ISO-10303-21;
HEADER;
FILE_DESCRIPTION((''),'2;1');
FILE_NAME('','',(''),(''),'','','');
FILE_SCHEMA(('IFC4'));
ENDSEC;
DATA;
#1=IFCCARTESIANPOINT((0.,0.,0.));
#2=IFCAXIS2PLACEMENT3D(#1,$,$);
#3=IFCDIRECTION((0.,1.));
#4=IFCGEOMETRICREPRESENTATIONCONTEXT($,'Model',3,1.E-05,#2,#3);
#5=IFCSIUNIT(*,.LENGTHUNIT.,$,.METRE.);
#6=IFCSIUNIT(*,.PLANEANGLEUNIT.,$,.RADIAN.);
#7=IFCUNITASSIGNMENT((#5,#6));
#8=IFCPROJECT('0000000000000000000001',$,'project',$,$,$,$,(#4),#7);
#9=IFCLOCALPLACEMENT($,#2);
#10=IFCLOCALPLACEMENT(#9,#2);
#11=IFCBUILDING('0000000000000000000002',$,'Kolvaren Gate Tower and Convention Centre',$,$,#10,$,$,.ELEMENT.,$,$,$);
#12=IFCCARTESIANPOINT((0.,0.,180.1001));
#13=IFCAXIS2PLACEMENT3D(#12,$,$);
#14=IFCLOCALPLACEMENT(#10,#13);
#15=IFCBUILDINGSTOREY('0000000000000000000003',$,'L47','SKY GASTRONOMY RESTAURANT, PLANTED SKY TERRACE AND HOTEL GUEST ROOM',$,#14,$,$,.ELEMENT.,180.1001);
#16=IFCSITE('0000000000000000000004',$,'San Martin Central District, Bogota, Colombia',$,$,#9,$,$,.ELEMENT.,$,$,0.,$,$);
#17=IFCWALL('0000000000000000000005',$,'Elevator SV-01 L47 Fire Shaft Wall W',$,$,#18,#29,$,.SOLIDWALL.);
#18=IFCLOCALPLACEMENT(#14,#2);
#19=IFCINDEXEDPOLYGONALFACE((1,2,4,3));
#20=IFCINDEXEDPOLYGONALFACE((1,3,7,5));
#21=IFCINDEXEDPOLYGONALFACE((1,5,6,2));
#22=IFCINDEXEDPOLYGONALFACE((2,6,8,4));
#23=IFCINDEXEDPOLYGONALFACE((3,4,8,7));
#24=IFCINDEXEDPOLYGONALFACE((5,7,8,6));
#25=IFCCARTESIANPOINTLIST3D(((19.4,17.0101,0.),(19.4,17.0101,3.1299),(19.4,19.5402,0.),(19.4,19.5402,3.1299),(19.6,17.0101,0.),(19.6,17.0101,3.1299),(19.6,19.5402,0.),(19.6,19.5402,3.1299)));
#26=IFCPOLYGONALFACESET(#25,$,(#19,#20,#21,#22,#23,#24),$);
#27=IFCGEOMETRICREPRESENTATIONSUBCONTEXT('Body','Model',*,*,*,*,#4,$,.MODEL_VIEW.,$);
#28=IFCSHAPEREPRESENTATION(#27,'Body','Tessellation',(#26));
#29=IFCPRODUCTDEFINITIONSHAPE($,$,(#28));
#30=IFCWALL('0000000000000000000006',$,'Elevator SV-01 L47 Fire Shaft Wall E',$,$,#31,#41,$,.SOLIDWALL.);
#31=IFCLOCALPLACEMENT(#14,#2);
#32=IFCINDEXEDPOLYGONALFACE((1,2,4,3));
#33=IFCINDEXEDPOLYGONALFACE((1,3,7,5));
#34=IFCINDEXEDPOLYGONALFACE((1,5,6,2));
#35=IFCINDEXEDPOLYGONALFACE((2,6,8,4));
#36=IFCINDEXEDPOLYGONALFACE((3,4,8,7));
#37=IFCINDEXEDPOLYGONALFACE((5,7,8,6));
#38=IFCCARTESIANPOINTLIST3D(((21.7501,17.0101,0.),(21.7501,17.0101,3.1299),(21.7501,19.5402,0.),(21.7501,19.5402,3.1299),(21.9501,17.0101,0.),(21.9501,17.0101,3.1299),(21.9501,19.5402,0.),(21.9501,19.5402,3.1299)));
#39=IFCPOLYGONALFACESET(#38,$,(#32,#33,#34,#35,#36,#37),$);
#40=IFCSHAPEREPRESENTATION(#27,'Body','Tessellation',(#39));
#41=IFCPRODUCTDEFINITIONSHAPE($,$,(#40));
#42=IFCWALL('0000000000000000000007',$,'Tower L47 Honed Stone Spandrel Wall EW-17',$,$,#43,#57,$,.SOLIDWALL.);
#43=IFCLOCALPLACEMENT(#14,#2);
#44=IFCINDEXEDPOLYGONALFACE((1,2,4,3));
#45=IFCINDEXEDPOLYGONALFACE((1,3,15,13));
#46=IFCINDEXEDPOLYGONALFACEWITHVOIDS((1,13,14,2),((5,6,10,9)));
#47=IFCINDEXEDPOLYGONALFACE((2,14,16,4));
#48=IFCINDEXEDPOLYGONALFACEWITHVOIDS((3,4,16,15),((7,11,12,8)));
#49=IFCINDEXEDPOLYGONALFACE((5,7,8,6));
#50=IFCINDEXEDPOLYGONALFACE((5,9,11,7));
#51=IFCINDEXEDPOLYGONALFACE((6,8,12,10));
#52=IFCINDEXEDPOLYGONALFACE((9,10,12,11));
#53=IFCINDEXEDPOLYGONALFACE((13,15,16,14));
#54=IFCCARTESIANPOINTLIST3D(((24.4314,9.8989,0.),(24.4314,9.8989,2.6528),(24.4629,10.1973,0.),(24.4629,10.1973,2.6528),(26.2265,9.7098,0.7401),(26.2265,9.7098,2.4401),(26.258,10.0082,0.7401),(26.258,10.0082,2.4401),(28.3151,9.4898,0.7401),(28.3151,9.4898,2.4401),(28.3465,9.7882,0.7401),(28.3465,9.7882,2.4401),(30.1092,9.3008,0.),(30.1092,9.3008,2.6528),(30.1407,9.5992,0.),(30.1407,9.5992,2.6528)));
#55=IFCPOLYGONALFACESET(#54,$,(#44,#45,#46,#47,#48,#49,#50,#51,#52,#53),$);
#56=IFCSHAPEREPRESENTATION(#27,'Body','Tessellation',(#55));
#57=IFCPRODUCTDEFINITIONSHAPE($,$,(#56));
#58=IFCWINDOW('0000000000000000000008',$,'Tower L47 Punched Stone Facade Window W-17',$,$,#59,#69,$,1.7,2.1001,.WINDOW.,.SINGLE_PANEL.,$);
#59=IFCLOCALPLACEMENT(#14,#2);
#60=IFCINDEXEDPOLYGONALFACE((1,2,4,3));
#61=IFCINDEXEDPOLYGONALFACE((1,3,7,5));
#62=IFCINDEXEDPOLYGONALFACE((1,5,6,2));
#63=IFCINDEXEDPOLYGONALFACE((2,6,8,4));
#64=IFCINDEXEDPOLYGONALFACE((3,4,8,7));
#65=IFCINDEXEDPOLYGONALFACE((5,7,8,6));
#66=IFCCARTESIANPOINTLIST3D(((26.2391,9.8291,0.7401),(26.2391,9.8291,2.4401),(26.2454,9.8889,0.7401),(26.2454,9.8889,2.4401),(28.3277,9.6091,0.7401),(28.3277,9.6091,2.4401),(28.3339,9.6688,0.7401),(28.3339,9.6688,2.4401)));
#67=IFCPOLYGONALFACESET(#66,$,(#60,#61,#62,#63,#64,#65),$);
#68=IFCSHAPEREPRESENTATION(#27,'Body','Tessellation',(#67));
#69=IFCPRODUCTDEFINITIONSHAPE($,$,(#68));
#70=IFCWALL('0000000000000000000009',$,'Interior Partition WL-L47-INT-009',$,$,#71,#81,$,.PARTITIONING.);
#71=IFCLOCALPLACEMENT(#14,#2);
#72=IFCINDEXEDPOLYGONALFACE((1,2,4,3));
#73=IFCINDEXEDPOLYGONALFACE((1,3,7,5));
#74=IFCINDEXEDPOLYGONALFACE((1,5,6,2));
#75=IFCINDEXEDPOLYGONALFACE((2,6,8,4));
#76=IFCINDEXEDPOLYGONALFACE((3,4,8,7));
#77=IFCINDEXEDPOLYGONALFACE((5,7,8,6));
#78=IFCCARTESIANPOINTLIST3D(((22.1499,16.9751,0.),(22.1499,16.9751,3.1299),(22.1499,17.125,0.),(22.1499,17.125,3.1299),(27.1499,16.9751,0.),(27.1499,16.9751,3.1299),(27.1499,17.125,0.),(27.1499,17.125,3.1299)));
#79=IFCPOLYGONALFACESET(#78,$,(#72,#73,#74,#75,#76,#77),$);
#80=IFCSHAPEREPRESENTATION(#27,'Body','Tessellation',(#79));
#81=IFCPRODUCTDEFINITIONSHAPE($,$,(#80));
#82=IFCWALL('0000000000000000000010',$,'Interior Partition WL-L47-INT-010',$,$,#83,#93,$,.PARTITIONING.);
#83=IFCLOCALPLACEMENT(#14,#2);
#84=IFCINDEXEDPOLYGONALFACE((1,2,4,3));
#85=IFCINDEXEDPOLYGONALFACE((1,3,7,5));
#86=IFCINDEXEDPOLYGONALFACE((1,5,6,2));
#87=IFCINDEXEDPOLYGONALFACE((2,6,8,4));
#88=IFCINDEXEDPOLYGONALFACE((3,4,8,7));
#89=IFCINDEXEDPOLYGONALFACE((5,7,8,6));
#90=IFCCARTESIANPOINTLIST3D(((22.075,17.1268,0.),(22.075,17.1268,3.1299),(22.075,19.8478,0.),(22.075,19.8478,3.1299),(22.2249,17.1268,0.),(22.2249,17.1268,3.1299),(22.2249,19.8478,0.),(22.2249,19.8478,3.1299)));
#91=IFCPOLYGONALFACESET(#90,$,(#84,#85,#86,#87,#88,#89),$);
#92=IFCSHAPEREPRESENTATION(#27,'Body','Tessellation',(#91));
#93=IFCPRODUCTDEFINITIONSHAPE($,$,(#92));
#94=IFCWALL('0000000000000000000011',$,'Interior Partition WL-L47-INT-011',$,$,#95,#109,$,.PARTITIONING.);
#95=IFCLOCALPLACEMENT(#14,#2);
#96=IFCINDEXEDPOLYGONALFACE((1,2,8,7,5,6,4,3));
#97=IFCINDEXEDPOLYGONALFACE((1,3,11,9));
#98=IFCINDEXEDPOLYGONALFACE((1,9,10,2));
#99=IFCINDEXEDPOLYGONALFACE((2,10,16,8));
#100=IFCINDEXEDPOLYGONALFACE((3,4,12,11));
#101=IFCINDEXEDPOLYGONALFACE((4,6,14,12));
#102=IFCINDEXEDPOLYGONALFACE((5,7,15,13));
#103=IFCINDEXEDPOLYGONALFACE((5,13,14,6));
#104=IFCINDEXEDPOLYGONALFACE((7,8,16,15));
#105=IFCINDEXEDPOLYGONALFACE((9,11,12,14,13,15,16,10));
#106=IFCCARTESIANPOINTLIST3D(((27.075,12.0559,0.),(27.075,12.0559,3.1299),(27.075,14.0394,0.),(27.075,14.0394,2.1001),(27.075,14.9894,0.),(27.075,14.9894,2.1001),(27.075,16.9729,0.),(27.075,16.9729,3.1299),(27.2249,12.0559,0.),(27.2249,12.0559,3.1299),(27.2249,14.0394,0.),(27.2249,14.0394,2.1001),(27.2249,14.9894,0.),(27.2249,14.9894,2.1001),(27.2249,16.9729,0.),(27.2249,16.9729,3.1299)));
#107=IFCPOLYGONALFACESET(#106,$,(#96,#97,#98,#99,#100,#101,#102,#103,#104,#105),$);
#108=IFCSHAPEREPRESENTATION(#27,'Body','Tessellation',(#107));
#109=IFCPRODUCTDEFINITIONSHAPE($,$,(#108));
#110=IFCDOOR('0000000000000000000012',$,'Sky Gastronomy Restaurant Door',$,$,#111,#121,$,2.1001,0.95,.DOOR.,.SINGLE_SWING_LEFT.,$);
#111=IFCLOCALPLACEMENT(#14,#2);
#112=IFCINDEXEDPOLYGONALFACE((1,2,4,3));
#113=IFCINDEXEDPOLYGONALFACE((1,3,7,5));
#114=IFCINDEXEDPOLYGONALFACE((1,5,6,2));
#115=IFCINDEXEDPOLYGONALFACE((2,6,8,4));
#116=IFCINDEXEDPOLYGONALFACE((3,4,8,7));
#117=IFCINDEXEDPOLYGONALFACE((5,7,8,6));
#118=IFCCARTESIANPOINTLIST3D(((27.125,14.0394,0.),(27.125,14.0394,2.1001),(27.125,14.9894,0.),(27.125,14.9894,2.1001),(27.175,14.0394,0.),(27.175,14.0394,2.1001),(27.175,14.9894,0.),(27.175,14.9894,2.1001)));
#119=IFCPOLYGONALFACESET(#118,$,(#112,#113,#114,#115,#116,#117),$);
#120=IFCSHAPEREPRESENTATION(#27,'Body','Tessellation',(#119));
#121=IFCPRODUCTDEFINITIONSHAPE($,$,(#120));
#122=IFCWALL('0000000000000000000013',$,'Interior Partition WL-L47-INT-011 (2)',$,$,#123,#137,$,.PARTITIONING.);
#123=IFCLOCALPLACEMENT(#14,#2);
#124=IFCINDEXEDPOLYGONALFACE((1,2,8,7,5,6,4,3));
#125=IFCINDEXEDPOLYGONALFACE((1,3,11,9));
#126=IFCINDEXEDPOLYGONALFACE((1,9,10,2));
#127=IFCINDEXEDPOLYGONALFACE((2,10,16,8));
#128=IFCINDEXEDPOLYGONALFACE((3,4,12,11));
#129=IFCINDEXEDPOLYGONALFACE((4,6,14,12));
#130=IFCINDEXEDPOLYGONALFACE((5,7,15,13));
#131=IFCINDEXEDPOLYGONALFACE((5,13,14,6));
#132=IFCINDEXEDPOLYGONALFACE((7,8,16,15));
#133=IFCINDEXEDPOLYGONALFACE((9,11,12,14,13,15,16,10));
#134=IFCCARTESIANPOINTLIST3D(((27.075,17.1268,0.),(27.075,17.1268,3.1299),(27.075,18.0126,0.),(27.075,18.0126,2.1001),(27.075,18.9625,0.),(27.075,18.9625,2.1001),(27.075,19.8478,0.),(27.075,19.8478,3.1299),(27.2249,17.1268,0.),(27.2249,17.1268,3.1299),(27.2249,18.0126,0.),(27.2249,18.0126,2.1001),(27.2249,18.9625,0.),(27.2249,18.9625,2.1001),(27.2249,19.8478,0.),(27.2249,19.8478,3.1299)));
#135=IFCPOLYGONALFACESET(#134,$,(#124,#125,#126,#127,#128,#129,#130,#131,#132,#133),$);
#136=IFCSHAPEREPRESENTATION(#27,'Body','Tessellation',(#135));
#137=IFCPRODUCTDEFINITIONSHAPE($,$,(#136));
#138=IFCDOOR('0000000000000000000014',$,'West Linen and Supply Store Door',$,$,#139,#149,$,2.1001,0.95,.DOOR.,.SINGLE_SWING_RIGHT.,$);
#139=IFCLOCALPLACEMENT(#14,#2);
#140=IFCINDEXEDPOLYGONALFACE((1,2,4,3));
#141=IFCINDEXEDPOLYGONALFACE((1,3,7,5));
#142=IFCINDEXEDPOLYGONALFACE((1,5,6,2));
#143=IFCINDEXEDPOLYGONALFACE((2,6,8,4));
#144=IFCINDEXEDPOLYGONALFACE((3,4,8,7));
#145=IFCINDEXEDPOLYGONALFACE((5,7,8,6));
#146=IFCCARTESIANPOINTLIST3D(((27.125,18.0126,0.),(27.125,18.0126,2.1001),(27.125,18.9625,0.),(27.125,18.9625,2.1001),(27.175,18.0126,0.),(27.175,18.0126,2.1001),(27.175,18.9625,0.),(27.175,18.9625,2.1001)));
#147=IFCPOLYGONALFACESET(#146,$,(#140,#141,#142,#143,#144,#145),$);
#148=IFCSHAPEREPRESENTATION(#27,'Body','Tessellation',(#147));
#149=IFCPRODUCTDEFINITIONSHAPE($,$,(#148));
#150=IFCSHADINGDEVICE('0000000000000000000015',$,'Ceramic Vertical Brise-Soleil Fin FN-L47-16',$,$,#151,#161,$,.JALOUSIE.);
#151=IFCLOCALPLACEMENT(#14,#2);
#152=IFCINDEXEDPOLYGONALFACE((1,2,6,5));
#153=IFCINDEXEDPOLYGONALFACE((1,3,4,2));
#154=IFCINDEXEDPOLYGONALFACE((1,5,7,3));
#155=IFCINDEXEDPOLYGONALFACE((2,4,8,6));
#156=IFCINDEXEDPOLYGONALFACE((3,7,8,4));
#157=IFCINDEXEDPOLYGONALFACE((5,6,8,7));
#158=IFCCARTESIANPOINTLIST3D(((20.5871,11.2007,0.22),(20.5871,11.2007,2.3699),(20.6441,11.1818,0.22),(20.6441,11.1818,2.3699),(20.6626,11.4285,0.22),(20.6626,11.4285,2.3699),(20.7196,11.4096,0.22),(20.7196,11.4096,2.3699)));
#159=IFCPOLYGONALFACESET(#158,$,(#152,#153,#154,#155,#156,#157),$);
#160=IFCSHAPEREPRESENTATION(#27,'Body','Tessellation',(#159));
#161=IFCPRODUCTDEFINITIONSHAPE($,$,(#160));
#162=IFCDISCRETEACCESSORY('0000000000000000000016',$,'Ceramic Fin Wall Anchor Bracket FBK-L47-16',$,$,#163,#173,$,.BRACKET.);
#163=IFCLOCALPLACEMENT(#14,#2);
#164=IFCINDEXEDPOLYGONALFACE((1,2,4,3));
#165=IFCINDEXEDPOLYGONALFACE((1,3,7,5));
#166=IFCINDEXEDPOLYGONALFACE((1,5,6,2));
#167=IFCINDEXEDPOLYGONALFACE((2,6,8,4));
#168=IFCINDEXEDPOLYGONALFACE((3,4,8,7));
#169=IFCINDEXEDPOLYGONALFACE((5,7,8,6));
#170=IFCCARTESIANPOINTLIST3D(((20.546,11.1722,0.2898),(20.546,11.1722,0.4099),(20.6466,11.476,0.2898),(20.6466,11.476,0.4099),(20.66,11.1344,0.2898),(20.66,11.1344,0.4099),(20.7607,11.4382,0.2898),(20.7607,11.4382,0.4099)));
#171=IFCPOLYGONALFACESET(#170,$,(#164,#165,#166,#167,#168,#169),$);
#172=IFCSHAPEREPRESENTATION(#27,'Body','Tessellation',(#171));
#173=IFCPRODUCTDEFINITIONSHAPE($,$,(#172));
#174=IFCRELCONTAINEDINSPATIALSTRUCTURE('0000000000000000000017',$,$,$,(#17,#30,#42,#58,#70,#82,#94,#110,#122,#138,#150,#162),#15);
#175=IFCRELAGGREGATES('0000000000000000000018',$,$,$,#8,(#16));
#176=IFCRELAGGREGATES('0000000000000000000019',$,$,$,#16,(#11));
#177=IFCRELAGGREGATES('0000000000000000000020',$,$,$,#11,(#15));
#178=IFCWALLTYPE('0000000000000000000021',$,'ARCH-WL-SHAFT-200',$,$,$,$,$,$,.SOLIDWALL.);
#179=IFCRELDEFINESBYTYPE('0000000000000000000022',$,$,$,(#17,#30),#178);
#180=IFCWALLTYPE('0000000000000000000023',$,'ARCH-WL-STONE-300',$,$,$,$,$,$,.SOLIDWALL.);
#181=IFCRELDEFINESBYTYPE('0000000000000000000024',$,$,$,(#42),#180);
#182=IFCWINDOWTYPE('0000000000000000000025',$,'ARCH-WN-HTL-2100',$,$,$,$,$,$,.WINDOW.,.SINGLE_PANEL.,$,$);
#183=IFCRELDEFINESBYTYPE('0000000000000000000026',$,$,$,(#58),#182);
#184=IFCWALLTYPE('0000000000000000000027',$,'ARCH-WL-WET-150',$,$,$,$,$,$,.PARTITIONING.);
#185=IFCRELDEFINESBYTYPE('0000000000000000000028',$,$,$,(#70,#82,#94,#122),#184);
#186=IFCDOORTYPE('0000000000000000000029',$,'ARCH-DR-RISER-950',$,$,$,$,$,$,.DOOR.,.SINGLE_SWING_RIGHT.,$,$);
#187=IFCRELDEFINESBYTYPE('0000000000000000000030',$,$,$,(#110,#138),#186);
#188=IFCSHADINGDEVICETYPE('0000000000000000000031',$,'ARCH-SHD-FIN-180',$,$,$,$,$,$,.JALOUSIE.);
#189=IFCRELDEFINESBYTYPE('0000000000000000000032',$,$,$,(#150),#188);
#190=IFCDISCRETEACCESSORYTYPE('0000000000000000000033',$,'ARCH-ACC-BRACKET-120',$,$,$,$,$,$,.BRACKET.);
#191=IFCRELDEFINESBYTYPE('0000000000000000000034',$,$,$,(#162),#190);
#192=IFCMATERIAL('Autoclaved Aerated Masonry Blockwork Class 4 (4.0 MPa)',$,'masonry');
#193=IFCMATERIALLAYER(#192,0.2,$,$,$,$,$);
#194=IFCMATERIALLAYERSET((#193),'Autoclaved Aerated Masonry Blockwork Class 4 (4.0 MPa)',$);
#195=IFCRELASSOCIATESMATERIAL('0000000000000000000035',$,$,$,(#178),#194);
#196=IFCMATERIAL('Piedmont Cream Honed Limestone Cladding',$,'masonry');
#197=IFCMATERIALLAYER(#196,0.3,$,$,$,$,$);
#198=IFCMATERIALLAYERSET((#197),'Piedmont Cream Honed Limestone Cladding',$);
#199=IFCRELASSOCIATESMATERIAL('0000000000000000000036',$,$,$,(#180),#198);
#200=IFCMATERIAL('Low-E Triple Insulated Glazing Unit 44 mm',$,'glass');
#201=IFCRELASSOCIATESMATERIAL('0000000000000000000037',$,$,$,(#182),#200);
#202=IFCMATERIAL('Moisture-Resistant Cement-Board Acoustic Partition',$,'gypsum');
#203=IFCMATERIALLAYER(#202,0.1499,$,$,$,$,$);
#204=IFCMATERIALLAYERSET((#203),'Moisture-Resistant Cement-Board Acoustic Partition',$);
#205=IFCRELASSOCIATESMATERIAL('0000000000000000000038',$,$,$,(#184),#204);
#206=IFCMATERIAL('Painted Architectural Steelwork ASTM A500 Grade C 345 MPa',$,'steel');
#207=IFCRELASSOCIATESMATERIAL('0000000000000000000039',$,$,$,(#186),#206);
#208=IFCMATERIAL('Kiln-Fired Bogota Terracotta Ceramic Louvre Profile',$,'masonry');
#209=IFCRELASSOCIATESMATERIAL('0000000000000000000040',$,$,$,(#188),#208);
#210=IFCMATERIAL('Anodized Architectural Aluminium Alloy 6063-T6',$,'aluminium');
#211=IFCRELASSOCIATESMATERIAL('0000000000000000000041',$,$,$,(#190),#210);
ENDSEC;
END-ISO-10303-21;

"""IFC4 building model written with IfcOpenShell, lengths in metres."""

from ifc_helpers import new_model, si_unit, direction, frame, frame_2d, origin, origin_2d, place, context, subcontext, project, spatial, rectangle, extrude, material, layer, layer_set, type_object, element, fill, save


model = new_model("IFC4")

# Units and contexts
model_context = context("Model", 3, precision=1e-05, world=origin(), true_north=direction((0.0, 1.0)))
body_context = subcontext(model_context, "Body", "Model", "MODEL_VIEW")
ifc_project = project(units=[si_unit("LENGTHUNIT", "METRE"), si_unit("PLANEANGLEUNIT", "RADIAN")], contexts=[model_context])

# Site, building, storey
site_placement = place(None, origin())
site = spatial("IfcSite", under=ifc_project, at=site_placement, Name="San Martin Central District, Bogota, Colombia", CompositionType="ELEMENT", RefElevation=0.0)
building_placement = place(site_placement, origin())
building = spatial("IfcBuilding", under=site, at=building_placement, Name="Kolvaren Gate Tower and Convention Centre", CompositionType="ELEMENT")
storey_placement = place(building_placement, frame((0.0, 0.0, 180.1001)))
storey = spatial("IfcBuildingStorey", under=building, at=storey_placement, Name="L47", Description="SKY GASTRONOMY RESTAURANT, PLANTED SKY TERRACE AND HOTEL GUEST ROOM", CompositionType="ELEMENT", Elevation=180.1001)

# Walls
ifc_material_1 = material(Name="Autoclaved Aerated Masonry Blockwork Class 4 (4.0 MPa)", Category="masonry")
ifc_layer_1 = layer(ifc_material_1, 0.2)
ifc_layer_set_1 = layer_set([ifc_layer_1], Name="Autoclaved Aerated Masonry Blockwork Class 4 (4.0 MPa)")
wall_type_1 = type_object("IfcWallType", Name="ARCH-WL-SHAFT-200", PredefinedType="SOLIDWALL", material=ifc_layer_set_1)
for number, where, z_axis, x_axis, name in (
    (1, (19.5, 17.01, 0.0), (0.0, 0.0, 1.0), (0.0, 1.0, 0.0), "Elevator SV-01 L47 Fire Shaft Wall W"),
    (2, (21.8501, 17.01, 0.0), (0.0, 0.0, 1.0), (0.0, 1.0, 0.0), "Elevator SV-01 L47 Fire Shaft Wall E"),
):
    element("IfcWall", number, at=place(storey_placement, frame(where, z_axis=z_axis, x_axis=x_axis)), inside=storey, type_object=wall_type_1, Name=name, PredefinedType="SOLIDWALL", context=body_context, shape_type="SweptSolid", body=[
        extrude(rectangle(XDim=2.53, YDim=0.2, at=frame_2d((1.2651, 0.0))), origin(), (0.0, 0.0, 1.0), 3.1299),
    ])

# Wall, opening, window
ifc_material_2 = material(Name="Piedmont Cream Honed Limestone Cladding", Category="masonry")
ifc_layer_2 = layer(ifc_material_2, 0.3)
ifc_layer_set_2 = layer_set([ifc_layer_2], Name="Piedmont Cream Honed Limestone Cladding")
wall_type_2 = type_object("IfcWallType", Name="ARCH-WL-STONE-300", PredefinedType="SOLIDWALL", material=ifc_layer_set_2)
wall_1_placement = place(storey_placement, frame((24.4473, 10.0481, 0.0), z_axis=(0.0, 0.0, 1.0), x_axis=(0.994497, -0.104769, 0.0)))
wall_1 = element("IfcWall", 3, at=wall_1_placement, inside=storey, type_object=wall_type_2, Name="Tower L47 Honed Stone Spandrel Wall EW-17", PredefinedType="SOLIDWALL", context=body_context, shape_type="SweptSolid", body=[
    extrude(rectangle(XDim=5.7092, YDim=0.3, at=frame_2d((2.8545, 0.0))), origin(), (0.0, 0.0, 1.0), 2.6528),
])
opening_1_placement = place(wall_1_placement, frame((1.8049, 0.0, 0.74)))
opening_1 = element("IfcOpeningElement", 4, at=opening_1_placement, cuts=wall_1, PredefinedType="OPENING", context=body_context, shape_type="SweptSolid", body=[
    extrude(rectangle(XDim=2.1001, YDim=1.7, at=frame_2d((1.05, 0.8501))), frame((0.0, 0.1599, 0.0), z_axis=(0.0, -1.0, 0.0), x_axis=(1.0, 0.0, 0.0)), (0.0, 0.0, 1.0), 0.3201),
])
ifc_material_3 = material(Name="Low-E Triple Insulated Glazing Unit 44 mm", Category="glass")
window_type = type_object("IfcWindowType", Name="ARCH-WN-HTL-2100", PartitioningType="SINGLE_PANEL", PredefinedType="WINDOW", material=ifc_material_3)
window_placement = place(opening_1_placement, origin())
window = element("IfcWindow", 5, at=window_placement, inside=storey, type_object=window_type, Name="Tower L47 Punched Stone Facade Window W-17", OverallHeight=1.7, OverallWidth=2.1001, PartitioningType="SINGLE_PANEL", PredefinedType="WINDOW", context=body_context, shape_type="SweptSolid", body=[
    extrude(rectangle(XDim=2.1001, YDim=1.7, at=frame_2d((1.05, 0.8501))), frame((0.0, 0.03, 0.0), z_axis=(0.0, -1.0, 0.0), x_axis=(1.0, 0.0, 0.0)), (0.0, 0.0, 1.0), 0.0601),
])
fill(opening_1, window)

# Walls
ifc_material_4 = material(Name="Moisture-Resistant Cement-Board Acoustic Partition", Category="gypsum")
ifc_layer_3 = layer(ifc_material_4, 0.1499)
ifc_layer_set_3 = layer_set([ifc_layer_3], Name="Moisture-Resistant Cement-Board Acoustic Partition")
wall_type_3 = type_object("IfcWallType", Name="ARCH-WL-WET-150", PredefinedType="PARTITIONING", material=ifc_layer_set_3)
wall_2_placement = place(storey_placement, frame((22.1499, 17.05, 0.0), z_axis=(0.0, 0.0, 1.0), x_axis=(1.0, 0.0, 0.0)))
element("IfcWall", 6, at=wall_2_placement, inside=storey, type_object=wall_type_3, Name="Interior Partition WL-L47-INT-009", PredefinedType="PARTITIONING", context=body_context, shape_type="SweptSolid", body=[
    extrude(rectangle(XDim=5.0, YDim=0.1499, at=frame_2d((2.5, 0.0))), origin(), (0.0, 0.0, 1.0), 3.1299),
])
wall_3_placement = place(storey_placement, frame((22.1499, 17.127, 0.0), z_axis=(0.0, 0.0, 1.0), x_axis=(0.0, 1.0, 0.0)))
element("IfcWall", 7, at=wall_3_placement, inside=storey, type_object=wall_type_3, Name="Interior Partition WL-L47-INT-010", PredefinedType="PARTITIONING", context=body_context, shape_type="SweptSolid", body=[
    extrude(rectangle(XDim=2.7209, YDim=0.1499, at=frame_2d((1.3604, 0.0))), origin(), (0.0, 0.0, 1.0), 3.1299),
])

# Walls, openings, doors
wall_4_placement = place(storey_placement, frame((27.1499, 12.0559, 0.0), z_axis=(0.0, 0.0, 1.0), x_axis=(0.0, 1.0, 0.0)))
wall_4 = element("IfcWall", 8, at=wall_4_placement, inside=storey, type_object=wall_type_3, Name="Interior Partition WL-L47-INT-011", PredefinedType="PARTITIONING", context=body_context, shape_type="SweptSolid", body=[
    extrude(rectangle(XDim=4.917, YDim=0.1499, at=frame_2d((2.4585, 0.0))), origin(), (0.0, 0.0, 1.0), 3.1299),
])
opening_2_placement = place(wall_4_placement, frame((1.9834, 0.0, 0.0)))
opening_2 = element("IfcOpeningElement", 9, at=opening_2_placement, cuts=wall_4, PredefinedType="OPENING", context=body_context, shape_type="SweptSolid", body=[
    extrude(rectangle(XDim=0.95, YDim=2.1001, at=frame_2d((0.4751, 1.05))), frame((0.0, 0.085, 0.0), z_axis=(0.0, -1.0, 0.0), x_axis=(1.0, 0.0, 0.0)), (0.0, 0.0, 1.0), 0.1699),
])
ifc_material_5 = material(Name="Painted Architectural Steelwork ASTM A500 Grade C 345 MPa", Category="steel")
door_type = type_object("IfcDoorType", Name="ARCH-DR-RISER-950", OperationType="SINGLE_SWING_RIGHT", PredefinedType="DOOR", material=ifc_material_5)
door_1_placement = place(opening_2_placement, origin())
door_1 = element("IfcDoor", 10, at=door_1_placement, inside=storey, type_object=door_type, Name="Sky Gastronomy Restaurant Door", OperationType="SINGLE_SWING_LEFT", OverallHeight=2.1001, OverallWidth=0.95, PredefinedType="DOOR", context=body_context, shape_type="SweptSolid", body=[
    extrude(rectangle(XDim=0.95, YDim=2.1001, at=frame_2d((0.4751, 1.05))), frame((0.0, 0.0249, 0.0), z_axis=(0.0, -1.0, 0.0), x_axis=(1.0, 0.0, 0.0)), (0.0, 0.0, 1.0), 0.05),
])
fill(opening_2, door_1)
wall_5_placement = place(storey_placement, frame((27.1499, 17.127, 0.0), z_axis=(0.0, 0.0, 1.0), x_axis=(0.0, 1.0, 0.0)))
wall_5 = element("IfcWall", 11, at=wall_5_placement, inside=storey, type_object=wall_type_3, Name="Interior Partition WL-L47-INT-011 (2)", PredefinedType="PARTITIONING", context=body_context, shape_type="SweptSolid", body=[
    extrude(rectangle(XDim=2.7209, YDim=0.1499, at=frame_2d((1.3604, 0.0))), origin(), (0.0, 0.0, 1.0), 3.1299),
])
opening_3_placement = place(wall_5_placement, frame((0.8855, 0.0, 0.0)))
opening_3 = element("IfcOpeningElement", 12, at=opening_3_placement, cuts=wall_5, PredefinedType="OPENING", context=body_context, shape_type="SweptSolid", body=[
    extrude(rectangle(XDim=0.95, YDim=2.1001, at=frame_2d((0.4751, 1.05))), frame((0.0, 0.085, 0.0), z_axis=(0.0, -1.0, 0.0), x_axis=(1.0, 0.0, 0.0)), (0.0, 0.0, 1.0), 0.1699),
])
door_2_placement = place(opening_3_placement, origin())
door_2 = element("IfcDoor", 13, at=door_2_placement, inside=storey, type_object=door_type, Name="West Linen and Supply Store Door", OperationType="SINGLE_SWING_RIGHT", OverallHeight=2.1001, OverallWidth=0.95, PredefinedType="DOOR", context=body_context, shape_type="SweptSolid", body=[
    extrude(rectangle(XDim=0.95, YDim=2.1001, at=frame_2d((0.4751, 1.05))), frame((0.0, 0.0249, 0.0), z_axis=(0.0, -1.0, 0.0), x_axis=(1.0, 0.0, 0.0)), (0.0, 0.0, 1.0), 0.05),
])
fill(opening_3, door_2)

# Shading device
ifc_material_6 = material(Name="Kiln-Fired Bogota Terracotta Ceramic Louvre Profile", Category="masonry")
shading_device_type = type_object("IfcShadingDeviceType", Name="ARCH-SHD-FIN-180", PredefinedType="JALOUSIE", material=ifc_material_6)
shading_device_placement = place(storey_placement, frame((20.6533, 11.3052, 0.22), z_axis=(0.0, 0.0, 1.0), x_axis=(0.94924, -0.314554, 0.0)))
element("IfcShadingDevice", 14, at=shading_device_placement, inside=storey, type_object=shading_device_type, Name="Ceramic Vertical Brise-Soleil Fin FN-L47-16", PredefinedType="JALOUSIE", context=body_context, shape_type="SweptSolid", body=[
    extrude(rectangle(XDim=0.0601, YDim=0.24, at=origin_2d()), origin(), (0.0, 0.0, 1.0), 2.1499),
])

# Discrete accessory
ifc_material_7 = material(Name="Anodized Architectural Aluminium Alloy 6063-T6", Category="aluminium")
discrete_accessory_type = type_object("IfcDiscreteAccessoryType", Name="ARCH-ACC-BRACKET-120", PredefinedType="BRACKET", material=ifc_material_7)
discrete_accessory_placement = place(storey_placement, frame((20.6533, 11.3052, 0.2898), z_axis=(0.0, 0.0, 1.0), x_axis=(0.94924, -0.314554, 0.0)))
element("IfcDiscreteAccessory", 15, at=discrete_accessory_placement, inside=storey, type_object=discrete_accessory_type, Name="Ceramic Fin Wall Anchor Bracket FBK-L47-16", PredefinedType="BRACKET", context=body_context, shape_type="SweptSolid", body=[
    extrude(rectangle(XDim=0.1201, YDim=0.3201, at=origin_2d()), origin(), (0.0, 0.0, 1.0), 0.1201),
])

save(model, "model.ifc")
